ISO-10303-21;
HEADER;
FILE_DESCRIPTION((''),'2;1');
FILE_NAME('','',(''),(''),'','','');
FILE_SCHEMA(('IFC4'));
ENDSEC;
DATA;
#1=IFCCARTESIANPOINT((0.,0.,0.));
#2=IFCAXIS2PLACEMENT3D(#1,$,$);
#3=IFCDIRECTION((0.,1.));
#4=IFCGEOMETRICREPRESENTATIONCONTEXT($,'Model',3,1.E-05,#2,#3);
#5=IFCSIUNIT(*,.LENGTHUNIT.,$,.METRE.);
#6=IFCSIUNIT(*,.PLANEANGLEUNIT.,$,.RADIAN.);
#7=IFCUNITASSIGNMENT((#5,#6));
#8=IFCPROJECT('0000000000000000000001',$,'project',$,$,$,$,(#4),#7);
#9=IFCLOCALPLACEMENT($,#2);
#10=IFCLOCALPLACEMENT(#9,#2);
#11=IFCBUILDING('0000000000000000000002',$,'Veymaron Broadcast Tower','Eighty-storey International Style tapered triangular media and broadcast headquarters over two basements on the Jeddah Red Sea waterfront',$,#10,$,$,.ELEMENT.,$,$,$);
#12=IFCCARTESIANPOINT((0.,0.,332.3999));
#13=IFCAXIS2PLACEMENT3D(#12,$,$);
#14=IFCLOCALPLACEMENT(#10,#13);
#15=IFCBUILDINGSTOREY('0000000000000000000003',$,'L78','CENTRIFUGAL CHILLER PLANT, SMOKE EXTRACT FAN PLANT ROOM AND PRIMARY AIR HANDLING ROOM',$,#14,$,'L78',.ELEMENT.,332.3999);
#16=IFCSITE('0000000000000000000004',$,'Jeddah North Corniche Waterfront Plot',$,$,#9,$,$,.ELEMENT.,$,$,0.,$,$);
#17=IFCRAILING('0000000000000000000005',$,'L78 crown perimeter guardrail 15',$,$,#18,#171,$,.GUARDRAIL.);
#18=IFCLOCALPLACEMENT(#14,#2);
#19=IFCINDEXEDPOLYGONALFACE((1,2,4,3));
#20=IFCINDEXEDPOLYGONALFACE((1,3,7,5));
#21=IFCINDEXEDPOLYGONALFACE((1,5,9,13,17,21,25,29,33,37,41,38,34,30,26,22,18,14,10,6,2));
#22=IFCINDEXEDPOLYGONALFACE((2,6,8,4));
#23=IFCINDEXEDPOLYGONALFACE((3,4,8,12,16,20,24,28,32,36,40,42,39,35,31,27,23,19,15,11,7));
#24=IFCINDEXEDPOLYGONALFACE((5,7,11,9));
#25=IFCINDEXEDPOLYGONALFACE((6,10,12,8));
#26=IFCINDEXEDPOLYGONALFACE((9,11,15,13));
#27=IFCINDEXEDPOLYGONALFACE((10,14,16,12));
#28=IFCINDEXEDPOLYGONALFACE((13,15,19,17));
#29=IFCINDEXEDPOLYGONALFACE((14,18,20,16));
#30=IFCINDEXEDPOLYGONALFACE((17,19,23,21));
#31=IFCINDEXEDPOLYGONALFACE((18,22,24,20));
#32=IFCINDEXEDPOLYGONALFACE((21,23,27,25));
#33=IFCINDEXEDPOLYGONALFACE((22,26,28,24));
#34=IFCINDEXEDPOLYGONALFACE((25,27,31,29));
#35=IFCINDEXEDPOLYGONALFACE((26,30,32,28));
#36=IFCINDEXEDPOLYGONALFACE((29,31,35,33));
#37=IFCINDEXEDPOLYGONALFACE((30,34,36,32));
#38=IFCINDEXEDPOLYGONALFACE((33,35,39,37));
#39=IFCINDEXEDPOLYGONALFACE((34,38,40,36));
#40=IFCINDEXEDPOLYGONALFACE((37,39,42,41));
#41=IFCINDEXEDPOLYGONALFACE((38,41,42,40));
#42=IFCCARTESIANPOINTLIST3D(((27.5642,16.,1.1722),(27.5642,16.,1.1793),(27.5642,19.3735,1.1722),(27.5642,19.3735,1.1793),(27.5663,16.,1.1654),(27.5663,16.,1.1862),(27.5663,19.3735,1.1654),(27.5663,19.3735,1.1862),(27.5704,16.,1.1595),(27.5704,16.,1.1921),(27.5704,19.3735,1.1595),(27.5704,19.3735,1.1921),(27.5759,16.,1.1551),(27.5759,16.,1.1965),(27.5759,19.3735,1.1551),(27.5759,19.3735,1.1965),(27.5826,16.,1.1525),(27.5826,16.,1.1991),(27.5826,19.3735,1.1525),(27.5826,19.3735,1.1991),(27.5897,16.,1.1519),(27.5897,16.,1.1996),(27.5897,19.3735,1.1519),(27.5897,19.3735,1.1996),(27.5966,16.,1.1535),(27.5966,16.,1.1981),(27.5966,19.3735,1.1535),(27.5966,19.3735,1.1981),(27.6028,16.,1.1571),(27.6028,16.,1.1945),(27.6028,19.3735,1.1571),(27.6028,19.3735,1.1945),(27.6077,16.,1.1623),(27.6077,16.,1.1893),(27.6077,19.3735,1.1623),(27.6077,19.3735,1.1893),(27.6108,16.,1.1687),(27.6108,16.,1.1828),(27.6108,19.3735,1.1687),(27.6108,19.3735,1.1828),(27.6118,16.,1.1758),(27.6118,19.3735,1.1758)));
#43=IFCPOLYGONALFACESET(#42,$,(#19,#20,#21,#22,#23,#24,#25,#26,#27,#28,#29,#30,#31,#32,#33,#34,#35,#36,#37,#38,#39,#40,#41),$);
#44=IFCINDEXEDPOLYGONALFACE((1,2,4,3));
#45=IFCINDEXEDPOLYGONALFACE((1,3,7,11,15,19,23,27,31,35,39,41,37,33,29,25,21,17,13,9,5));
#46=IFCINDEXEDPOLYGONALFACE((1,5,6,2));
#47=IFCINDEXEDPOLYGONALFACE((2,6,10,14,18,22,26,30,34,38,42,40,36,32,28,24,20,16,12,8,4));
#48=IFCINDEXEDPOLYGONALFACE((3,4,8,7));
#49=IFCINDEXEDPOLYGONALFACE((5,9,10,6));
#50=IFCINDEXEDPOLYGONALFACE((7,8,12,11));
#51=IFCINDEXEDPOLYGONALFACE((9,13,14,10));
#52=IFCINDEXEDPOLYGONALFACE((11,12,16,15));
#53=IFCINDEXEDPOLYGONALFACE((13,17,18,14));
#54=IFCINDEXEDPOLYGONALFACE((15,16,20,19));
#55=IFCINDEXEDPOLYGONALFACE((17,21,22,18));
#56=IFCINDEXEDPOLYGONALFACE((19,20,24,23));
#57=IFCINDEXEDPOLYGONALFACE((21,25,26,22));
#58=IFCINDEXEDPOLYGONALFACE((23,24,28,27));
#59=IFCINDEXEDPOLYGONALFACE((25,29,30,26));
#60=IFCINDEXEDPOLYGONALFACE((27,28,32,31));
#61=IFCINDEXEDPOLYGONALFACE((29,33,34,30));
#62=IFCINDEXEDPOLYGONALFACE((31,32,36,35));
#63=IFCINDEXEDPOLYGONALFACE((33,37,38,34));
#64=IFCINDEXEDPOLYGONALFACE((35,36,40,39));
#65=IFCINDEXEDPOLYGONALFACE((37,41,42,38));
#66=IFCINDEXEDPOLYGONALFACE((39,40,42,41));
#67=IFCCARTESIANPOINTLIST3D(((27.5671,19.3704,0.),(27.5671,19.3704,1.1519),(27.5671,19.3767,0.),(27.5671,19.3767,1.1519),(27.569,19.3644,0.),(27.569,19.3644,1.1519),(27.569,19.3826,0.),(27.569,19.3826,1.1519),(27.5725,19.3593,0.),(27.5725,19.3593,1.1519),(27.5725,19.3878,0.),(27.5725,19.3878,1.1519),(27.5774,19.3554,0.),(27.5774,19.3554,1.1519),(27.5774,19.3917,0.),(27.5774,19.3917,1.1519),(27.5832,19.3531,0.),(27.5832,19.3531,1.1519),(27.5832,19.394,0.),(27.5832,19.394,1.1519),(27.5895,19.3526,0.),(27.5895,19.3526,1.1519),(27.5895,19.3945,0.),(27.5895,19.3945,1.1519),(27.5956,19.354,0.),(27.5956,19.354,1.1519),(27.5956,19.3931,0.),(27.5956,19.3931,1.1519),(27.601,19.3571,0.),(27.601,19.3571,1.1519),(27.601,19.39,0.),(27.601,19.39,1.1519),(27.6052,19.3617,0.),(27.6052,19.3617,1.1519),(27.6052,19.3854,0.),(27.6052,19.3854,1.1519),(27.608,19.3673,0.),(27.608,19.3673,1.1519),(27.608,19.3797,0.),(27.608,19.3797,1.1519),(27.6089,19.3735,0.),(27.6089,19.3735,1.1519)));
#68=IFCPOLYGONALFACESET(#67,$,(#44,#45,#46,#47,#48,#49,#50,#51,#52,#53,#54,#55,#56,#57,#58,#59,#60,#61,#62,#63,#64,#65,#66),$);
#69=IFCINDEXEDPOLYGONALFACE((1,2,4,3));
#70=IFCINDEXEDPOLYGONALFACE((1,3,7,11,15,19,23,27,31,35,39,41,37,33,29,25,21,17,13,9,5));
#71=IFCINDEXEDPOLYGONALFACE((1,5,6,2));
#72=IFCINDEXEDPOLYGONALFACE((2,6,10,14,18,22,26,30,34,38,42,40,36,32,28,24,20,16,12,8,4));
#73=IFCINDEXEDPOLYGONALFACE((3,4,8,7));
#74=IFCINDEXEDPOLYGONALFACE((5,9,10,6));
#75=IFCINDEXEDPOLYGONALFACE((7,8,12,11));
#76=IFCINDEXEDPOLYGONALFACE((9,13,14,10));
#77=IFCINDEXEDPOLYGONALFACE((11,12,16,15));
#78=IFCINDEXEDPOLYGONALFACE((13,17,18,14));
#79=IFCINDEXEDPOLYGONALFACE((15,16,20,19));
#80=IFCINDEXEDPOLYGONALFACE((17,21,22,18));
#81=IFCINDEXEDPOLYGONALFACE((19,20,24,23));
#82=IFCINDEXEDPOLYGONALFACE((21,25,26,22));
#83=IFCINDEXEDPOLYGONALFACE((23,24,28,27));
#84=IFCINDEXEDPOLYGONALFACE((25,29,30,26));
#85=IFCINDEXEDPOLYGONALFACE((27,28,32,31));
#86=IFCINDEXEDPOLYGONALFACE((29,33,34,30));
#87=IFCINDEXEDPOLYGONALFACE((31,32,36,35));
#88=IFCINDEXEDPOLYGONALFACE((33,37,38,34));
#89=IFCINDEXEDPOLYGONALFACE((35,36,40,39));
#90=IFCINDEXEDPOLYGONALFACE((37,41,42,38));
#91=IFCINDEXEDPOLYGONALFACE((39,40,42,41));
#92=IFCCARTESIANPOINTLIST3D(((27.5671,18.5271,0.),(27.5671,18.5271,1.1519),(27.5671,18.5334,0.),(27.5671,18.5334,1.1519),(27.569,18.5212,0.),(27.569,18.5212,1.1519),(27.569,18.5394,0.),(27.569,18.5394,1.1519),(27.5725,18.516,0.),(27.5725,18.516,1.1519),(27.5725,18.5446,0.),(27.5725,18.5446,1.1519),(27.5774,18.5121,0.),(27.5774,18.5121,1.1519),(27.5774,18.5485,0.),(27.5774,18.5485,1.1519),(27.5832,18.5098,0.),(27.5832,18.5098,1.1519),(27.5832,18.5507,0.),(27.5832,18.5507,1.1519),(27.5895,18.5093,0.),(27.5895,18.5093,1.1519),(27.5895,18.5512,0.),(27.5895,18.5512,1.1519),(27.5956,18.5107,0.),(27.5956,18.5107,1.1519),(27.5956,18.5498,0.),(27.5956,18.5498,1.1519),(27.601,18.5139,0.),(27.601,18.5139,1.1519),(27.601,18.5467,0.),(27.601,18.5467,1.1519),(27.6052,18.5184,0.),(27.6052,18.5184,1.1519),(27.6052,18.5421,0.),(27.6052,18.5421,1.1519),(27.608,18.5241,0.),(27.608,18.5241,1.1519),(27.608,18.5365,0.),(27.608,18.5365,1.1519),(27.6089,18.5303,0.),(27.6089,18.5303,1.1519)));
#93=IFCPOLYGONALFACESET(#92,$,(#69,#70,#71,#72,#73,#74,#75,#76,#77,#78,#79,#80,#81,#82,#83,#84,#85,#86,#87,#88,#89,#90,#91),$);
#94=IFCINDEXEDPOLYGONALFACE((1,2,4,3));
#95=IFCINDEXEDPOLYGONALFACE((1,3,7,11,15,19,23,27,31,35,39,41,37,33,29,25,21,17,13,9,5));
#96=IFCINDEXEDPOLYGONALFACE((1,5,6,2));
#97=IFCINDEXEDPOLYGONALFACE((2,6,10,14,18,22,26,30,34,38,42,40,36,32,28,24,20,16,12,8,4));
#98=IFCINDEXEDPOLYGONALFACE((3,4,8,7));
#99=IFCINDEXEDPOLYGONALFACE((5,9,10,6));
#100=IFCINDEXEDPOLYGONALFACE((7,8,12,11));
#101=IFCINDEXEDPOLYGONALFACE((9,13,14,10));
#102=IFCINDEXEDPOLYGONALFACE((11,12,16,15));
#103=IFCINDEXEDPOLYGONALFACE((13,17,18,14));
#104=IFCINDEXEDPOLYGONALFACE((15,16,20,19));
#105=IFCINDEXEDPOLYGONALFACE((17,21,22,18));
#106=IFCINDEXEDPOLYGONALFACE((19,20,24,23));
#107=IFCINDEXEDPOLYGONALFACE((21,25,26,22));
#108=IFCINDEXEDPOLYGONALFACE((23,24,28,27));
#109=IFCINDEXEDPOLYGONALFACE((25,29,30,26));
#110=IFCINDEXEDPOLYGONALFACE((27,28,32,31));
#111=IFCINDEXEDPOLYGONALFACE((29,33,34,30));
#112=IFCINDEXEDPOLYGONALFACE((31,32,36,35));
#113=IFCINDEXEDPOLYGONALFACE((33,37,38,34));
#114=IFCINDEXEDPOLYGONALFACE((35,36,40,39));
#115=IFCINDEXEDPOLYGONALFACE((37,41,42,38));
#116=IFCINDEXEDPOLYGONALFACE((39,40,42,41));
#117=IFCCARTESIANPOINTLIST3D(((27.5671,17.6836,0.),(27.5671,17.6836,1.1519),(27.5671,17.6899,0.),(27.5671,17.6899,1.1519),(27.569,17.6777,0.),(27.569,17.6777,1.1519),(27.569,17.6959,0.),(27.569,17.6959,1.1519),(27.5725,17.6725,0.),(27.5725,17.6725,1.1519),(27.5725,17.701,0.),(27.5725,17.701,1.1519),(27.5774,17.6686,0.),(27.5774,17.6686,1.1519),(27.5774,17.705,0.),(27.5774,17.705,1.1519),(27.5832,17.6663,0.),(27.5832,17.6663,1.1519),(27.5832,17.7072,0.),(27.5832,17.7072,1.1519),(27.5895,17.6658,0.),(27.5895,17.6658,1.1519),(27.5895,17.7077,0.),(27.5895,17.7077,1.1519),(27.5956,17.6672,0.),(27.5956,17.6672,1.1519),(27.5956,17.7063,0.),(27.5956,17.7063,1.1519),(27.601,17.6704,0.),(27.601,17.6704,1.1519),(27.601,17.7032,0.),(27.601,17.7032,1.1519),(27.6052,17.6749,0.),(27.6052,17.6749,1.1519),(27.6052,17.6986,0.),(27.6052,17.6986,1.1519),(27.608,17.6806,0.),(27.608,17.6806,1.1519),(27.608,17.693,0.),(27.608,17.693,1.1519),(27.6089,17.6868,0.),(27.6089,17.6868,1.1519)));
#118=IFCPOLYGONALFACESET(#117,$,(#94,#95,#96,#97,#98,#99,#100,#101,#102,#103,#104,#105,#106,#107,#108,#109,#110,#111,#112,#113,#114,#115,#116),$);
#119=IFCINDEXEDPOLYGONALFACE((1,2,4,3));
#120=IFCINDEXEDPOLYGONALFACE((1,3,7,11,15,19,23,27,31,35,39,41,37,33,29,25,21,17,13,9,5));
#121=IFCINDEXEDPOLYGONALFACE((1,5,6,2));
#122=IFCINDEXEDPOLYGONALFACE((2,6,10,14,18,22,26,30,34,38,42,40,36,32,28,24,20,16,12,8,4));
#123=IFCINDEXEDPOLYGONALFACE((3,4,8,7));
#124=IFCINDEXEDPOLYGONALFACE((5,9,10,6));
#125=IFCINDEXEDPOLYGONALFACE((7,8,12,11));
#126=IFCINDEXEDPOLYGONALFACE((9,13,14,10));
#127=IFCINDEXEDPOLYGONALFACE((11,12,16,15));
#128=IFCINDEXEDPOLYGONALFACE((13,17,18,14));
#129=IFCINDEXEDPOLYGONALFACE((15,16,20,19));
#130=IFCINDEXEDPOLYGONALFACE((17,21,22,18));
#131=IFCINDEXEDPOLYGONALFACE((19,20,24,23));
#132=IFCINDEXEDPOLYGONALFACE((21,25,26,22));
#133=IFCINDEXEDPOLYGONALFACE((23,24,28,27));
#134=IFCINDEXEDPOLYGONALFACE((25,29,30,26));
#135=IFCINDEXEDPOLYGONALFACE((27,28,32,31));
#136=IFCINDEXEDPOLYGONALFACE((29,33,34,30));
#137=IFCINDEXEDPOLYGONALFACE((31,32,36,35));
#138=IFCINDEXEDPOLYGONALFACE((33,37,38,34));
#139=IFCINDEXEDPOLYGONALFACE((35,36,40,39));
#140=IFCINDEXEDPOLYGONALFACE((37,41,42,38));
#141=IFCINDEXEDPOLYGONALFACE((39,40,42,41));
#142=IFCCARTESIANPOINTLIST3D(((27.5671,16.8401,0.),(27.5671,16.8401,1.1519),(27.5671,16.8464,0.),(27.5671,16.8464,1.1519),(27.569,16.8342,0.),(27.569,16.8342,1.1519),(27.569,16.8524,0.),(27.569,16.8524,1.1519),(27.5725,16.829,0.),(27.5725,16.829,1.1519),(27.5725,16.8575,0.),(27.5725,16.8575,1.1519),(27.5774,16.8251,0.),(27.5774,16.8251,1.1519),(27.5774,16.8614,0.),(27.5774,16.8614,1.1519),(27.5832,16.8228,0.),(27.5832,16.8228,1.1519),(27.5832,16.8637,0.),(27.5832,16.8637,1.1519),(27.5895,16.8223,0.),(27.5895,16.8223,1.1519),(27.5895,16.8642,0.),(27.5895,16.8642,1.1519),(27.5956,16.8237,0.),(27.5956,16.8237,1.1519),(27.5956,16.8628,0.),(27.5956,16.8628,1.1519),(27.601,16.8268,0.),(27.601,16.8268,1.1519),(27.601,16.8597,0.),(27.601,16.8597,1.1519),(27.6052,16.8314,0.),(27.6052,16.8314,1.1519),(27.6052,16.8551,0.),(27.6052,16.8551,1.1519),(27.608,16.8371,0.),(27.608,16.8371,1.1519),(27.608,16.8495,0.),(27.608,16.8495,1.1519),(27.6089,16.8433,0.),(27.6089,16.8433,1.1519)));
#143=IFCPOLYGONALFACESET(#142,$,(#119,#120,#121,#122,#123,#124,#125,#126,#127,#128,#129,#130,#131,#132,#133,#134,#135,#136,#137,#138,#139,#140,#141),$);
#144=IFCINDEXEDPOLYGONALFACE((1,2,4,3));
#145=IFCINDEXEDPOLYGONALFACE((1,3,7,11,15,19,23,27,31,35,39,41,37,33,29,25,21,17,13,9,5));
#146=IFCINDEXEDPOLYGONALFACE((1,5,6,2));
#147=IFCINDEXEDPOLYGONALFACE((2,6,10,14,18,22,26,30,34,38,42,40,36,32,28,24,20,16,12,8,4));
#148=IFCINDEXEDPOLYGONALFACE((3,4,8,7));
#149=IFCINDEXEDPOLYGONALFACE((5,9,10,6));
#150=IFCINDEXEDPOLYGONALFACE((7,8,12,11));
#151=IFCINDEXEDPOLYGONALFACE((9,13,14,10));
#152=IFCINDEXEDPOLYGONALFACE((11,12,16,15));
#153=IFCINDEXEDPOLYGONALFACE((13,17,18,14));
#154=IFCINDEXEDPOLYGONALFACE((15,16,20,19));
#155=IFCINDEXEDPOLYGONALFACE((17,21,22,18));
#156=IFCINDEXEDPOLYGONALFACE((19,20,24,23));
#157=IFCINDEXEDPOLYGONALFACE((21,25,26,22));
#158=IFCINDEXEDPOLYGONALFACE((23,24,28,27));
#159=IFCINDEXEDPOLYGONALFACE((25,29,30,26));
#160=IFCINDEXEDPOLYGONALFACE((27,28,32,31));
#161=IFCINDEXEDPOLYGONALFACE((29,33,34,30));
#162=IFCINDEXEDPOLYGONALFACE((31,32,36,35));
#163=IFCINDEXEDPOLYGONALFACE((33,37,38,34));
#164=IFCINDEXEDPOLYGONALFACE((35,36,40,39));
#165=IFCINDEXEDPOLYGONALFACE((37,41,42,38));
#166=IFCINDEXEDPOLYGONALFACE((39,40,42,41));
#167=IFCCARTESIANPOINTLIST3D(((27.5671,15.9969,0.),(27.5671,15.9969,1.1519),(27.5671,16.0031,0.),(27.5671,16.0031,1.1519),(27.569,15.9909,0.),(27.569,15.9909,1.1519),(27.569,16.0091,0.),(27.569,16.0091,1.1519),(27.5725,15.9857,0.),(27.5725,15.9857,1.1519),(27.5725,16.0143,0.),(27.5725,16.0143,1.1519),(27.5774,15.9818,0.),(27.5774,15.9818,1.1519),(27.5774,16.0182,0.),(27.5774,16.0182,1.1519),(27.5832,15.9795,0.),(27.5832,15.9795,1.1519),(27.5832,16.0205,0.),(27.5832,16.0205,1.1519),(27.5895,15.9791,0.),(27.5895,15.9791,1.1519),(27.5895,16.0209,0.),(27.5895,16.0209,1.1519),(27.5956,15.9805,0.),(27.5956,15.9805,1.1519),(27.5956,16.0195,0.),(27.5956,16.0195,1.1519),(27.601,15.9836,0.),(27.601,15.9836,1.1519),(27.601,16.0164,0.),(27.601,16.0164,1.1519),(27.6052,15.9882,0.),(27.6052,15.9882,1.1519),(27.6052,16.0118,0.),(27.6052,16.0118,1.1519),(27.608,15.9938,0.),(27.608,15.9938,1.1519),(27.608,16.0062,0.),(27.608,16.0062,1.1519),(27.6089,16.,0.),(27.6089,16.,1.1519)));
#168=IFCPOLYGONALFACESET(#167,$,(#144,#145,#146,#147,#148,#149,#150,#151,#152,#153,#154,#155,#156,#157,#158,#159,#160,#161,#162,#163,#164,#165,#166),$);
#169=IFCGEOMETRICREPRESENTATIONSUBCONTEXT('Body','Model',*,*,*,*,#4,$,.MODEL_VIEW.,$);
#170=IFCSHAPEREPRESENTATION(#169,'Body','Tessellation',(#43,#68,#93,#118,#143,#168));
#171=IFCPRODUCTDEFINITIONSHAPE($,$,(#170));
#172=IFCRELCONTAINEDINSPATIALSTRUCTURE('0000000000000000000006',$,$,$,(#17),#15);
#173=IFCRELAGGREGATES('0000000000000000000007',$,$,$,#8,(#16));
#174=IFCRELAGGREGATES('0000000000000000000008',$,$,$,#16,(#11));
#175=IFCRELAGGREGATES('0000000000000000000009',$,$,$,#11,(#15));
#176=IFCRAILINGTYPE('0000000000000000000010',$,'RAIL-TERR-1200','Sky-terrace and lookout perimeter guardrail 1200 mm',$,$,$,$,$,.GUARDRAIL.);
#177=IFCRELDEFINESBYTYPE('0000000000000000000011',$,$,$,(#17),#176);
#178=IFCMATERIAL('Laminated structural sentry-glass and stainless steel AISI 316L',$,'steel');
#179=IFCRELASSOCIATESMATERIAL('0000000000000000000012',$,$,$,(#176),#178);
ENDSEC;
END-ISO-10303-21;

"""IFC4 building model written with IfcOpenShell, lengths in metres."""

from ifc_helpers import new_model, si_unit, direction, frame, origin, origin_2d, place, context, subcontext, project, spatial, circle, extrude, material, type_object, element, save


model = new_model("IFC4")

# Units and contexts
model_context = context("Model", 3, precision=1e-05, world=origin(), true_north=direction((0.0, 1.0)))
body_context = subcontext(model_context, "Body", "Model", "MODEL_VIEW")
ifc_project = project(units=[si_unit("LENGTHUNIT", "METRE"), si_unit("PLANEANGLEUNIT", "RADIAN")], contexts=[model_context])

# Site, building, storey
site_placement = place(None, origin())
site = spatial("IfcSite", under=ifc_project, at=site_placement, Name="Jeddah North Corniche Waterfront Plot", CompositionType="ELEMENT", RefElevation=0.0)
building_placement = place(site_placement, origin())
building = spatial("IfcBuilding", under=site, at=building_placement, Name="Veymaron Broadcast Tower", Description="Eighty-storey International Style tapered triangular media and broadcast headquarters over two basements on the Jeddah Red Sea waterfront", CompositionType="ELEMENT")
storey_placement = place(building_placement, frame((0.0, 0.0, 332.3999)))
storey = spatial("IfcBuildingStorey", under=building, at=storey_placement, Name="L78", Description="CENTRIFUGAL CHILLER PLANT, SMOKE EXTRACT FAN PLANT ROOM AND PRIMARY AIR HANDLING ROOM", LongName="L78", CompositionType="ELEMENT", Elevation=332.3999)

# Railing
ifc_material_1 = material(Name="Laminated structural sentry-glass and stainless steel AISI 316L", Category="steel")
railing_type = type_object("IfcRailingType", Name="RAIL-TERR-1200", Description="Sky-terrace and lookout perimeter guardrail 1200 mm", PredefinedType="GUARDRAIL", material=ifc_material_1)
railing_1_placement = place(storey_placement, frame((27.5879, 19.3735, 0.0)))
element("IfcRailing", 1, at=railing_1_placement, inside=storey, type_object=railing_type, Name="L78 crown perimeter guardrail 15", PredefinedType="GUARDRAIL", context=body_context, shape_type="SweptSolid", body=[
    extrude(circle(Radius=0.0239, at=origin_2d()), frame((0.0, 0.0, 1.1758), z_axis=(0.0, -1.0, 0.0), x_axis=(1.0, 0.0, 0.0)), (0.0, 0.0, 1.0), 3.3735),
    extrude(circle(Radius=0.021, at=origin_2d()), origin(), (0.0, 0.0, 1.0), 1.1519),
    extrude(circle(Radius=0.021, at=origin_2d()), frame((0.0, -0.8433, 0.0)), (0.0, 0.0, 1.0), 1.1519),
    extrude(circle(Radius=0.021, at=origin_2d()), frame((0.0, -1.6868, 0.0)), (0.0, 0.0, 1.0), 1.1519),
    extrude(circle(Radius=0.021, at=origin_2d()), frame((0.0, -2.5303, 0.0)), (0.0, 0.0, 1.0), 1.1519),
    extrude(circle(Radius=0.021, at=origin_2d()), frame((0.0, -3.3735, 0.0)), (0.0, 0.0, 1.0), 1.1519),
])

save(model, "model.ifc")
